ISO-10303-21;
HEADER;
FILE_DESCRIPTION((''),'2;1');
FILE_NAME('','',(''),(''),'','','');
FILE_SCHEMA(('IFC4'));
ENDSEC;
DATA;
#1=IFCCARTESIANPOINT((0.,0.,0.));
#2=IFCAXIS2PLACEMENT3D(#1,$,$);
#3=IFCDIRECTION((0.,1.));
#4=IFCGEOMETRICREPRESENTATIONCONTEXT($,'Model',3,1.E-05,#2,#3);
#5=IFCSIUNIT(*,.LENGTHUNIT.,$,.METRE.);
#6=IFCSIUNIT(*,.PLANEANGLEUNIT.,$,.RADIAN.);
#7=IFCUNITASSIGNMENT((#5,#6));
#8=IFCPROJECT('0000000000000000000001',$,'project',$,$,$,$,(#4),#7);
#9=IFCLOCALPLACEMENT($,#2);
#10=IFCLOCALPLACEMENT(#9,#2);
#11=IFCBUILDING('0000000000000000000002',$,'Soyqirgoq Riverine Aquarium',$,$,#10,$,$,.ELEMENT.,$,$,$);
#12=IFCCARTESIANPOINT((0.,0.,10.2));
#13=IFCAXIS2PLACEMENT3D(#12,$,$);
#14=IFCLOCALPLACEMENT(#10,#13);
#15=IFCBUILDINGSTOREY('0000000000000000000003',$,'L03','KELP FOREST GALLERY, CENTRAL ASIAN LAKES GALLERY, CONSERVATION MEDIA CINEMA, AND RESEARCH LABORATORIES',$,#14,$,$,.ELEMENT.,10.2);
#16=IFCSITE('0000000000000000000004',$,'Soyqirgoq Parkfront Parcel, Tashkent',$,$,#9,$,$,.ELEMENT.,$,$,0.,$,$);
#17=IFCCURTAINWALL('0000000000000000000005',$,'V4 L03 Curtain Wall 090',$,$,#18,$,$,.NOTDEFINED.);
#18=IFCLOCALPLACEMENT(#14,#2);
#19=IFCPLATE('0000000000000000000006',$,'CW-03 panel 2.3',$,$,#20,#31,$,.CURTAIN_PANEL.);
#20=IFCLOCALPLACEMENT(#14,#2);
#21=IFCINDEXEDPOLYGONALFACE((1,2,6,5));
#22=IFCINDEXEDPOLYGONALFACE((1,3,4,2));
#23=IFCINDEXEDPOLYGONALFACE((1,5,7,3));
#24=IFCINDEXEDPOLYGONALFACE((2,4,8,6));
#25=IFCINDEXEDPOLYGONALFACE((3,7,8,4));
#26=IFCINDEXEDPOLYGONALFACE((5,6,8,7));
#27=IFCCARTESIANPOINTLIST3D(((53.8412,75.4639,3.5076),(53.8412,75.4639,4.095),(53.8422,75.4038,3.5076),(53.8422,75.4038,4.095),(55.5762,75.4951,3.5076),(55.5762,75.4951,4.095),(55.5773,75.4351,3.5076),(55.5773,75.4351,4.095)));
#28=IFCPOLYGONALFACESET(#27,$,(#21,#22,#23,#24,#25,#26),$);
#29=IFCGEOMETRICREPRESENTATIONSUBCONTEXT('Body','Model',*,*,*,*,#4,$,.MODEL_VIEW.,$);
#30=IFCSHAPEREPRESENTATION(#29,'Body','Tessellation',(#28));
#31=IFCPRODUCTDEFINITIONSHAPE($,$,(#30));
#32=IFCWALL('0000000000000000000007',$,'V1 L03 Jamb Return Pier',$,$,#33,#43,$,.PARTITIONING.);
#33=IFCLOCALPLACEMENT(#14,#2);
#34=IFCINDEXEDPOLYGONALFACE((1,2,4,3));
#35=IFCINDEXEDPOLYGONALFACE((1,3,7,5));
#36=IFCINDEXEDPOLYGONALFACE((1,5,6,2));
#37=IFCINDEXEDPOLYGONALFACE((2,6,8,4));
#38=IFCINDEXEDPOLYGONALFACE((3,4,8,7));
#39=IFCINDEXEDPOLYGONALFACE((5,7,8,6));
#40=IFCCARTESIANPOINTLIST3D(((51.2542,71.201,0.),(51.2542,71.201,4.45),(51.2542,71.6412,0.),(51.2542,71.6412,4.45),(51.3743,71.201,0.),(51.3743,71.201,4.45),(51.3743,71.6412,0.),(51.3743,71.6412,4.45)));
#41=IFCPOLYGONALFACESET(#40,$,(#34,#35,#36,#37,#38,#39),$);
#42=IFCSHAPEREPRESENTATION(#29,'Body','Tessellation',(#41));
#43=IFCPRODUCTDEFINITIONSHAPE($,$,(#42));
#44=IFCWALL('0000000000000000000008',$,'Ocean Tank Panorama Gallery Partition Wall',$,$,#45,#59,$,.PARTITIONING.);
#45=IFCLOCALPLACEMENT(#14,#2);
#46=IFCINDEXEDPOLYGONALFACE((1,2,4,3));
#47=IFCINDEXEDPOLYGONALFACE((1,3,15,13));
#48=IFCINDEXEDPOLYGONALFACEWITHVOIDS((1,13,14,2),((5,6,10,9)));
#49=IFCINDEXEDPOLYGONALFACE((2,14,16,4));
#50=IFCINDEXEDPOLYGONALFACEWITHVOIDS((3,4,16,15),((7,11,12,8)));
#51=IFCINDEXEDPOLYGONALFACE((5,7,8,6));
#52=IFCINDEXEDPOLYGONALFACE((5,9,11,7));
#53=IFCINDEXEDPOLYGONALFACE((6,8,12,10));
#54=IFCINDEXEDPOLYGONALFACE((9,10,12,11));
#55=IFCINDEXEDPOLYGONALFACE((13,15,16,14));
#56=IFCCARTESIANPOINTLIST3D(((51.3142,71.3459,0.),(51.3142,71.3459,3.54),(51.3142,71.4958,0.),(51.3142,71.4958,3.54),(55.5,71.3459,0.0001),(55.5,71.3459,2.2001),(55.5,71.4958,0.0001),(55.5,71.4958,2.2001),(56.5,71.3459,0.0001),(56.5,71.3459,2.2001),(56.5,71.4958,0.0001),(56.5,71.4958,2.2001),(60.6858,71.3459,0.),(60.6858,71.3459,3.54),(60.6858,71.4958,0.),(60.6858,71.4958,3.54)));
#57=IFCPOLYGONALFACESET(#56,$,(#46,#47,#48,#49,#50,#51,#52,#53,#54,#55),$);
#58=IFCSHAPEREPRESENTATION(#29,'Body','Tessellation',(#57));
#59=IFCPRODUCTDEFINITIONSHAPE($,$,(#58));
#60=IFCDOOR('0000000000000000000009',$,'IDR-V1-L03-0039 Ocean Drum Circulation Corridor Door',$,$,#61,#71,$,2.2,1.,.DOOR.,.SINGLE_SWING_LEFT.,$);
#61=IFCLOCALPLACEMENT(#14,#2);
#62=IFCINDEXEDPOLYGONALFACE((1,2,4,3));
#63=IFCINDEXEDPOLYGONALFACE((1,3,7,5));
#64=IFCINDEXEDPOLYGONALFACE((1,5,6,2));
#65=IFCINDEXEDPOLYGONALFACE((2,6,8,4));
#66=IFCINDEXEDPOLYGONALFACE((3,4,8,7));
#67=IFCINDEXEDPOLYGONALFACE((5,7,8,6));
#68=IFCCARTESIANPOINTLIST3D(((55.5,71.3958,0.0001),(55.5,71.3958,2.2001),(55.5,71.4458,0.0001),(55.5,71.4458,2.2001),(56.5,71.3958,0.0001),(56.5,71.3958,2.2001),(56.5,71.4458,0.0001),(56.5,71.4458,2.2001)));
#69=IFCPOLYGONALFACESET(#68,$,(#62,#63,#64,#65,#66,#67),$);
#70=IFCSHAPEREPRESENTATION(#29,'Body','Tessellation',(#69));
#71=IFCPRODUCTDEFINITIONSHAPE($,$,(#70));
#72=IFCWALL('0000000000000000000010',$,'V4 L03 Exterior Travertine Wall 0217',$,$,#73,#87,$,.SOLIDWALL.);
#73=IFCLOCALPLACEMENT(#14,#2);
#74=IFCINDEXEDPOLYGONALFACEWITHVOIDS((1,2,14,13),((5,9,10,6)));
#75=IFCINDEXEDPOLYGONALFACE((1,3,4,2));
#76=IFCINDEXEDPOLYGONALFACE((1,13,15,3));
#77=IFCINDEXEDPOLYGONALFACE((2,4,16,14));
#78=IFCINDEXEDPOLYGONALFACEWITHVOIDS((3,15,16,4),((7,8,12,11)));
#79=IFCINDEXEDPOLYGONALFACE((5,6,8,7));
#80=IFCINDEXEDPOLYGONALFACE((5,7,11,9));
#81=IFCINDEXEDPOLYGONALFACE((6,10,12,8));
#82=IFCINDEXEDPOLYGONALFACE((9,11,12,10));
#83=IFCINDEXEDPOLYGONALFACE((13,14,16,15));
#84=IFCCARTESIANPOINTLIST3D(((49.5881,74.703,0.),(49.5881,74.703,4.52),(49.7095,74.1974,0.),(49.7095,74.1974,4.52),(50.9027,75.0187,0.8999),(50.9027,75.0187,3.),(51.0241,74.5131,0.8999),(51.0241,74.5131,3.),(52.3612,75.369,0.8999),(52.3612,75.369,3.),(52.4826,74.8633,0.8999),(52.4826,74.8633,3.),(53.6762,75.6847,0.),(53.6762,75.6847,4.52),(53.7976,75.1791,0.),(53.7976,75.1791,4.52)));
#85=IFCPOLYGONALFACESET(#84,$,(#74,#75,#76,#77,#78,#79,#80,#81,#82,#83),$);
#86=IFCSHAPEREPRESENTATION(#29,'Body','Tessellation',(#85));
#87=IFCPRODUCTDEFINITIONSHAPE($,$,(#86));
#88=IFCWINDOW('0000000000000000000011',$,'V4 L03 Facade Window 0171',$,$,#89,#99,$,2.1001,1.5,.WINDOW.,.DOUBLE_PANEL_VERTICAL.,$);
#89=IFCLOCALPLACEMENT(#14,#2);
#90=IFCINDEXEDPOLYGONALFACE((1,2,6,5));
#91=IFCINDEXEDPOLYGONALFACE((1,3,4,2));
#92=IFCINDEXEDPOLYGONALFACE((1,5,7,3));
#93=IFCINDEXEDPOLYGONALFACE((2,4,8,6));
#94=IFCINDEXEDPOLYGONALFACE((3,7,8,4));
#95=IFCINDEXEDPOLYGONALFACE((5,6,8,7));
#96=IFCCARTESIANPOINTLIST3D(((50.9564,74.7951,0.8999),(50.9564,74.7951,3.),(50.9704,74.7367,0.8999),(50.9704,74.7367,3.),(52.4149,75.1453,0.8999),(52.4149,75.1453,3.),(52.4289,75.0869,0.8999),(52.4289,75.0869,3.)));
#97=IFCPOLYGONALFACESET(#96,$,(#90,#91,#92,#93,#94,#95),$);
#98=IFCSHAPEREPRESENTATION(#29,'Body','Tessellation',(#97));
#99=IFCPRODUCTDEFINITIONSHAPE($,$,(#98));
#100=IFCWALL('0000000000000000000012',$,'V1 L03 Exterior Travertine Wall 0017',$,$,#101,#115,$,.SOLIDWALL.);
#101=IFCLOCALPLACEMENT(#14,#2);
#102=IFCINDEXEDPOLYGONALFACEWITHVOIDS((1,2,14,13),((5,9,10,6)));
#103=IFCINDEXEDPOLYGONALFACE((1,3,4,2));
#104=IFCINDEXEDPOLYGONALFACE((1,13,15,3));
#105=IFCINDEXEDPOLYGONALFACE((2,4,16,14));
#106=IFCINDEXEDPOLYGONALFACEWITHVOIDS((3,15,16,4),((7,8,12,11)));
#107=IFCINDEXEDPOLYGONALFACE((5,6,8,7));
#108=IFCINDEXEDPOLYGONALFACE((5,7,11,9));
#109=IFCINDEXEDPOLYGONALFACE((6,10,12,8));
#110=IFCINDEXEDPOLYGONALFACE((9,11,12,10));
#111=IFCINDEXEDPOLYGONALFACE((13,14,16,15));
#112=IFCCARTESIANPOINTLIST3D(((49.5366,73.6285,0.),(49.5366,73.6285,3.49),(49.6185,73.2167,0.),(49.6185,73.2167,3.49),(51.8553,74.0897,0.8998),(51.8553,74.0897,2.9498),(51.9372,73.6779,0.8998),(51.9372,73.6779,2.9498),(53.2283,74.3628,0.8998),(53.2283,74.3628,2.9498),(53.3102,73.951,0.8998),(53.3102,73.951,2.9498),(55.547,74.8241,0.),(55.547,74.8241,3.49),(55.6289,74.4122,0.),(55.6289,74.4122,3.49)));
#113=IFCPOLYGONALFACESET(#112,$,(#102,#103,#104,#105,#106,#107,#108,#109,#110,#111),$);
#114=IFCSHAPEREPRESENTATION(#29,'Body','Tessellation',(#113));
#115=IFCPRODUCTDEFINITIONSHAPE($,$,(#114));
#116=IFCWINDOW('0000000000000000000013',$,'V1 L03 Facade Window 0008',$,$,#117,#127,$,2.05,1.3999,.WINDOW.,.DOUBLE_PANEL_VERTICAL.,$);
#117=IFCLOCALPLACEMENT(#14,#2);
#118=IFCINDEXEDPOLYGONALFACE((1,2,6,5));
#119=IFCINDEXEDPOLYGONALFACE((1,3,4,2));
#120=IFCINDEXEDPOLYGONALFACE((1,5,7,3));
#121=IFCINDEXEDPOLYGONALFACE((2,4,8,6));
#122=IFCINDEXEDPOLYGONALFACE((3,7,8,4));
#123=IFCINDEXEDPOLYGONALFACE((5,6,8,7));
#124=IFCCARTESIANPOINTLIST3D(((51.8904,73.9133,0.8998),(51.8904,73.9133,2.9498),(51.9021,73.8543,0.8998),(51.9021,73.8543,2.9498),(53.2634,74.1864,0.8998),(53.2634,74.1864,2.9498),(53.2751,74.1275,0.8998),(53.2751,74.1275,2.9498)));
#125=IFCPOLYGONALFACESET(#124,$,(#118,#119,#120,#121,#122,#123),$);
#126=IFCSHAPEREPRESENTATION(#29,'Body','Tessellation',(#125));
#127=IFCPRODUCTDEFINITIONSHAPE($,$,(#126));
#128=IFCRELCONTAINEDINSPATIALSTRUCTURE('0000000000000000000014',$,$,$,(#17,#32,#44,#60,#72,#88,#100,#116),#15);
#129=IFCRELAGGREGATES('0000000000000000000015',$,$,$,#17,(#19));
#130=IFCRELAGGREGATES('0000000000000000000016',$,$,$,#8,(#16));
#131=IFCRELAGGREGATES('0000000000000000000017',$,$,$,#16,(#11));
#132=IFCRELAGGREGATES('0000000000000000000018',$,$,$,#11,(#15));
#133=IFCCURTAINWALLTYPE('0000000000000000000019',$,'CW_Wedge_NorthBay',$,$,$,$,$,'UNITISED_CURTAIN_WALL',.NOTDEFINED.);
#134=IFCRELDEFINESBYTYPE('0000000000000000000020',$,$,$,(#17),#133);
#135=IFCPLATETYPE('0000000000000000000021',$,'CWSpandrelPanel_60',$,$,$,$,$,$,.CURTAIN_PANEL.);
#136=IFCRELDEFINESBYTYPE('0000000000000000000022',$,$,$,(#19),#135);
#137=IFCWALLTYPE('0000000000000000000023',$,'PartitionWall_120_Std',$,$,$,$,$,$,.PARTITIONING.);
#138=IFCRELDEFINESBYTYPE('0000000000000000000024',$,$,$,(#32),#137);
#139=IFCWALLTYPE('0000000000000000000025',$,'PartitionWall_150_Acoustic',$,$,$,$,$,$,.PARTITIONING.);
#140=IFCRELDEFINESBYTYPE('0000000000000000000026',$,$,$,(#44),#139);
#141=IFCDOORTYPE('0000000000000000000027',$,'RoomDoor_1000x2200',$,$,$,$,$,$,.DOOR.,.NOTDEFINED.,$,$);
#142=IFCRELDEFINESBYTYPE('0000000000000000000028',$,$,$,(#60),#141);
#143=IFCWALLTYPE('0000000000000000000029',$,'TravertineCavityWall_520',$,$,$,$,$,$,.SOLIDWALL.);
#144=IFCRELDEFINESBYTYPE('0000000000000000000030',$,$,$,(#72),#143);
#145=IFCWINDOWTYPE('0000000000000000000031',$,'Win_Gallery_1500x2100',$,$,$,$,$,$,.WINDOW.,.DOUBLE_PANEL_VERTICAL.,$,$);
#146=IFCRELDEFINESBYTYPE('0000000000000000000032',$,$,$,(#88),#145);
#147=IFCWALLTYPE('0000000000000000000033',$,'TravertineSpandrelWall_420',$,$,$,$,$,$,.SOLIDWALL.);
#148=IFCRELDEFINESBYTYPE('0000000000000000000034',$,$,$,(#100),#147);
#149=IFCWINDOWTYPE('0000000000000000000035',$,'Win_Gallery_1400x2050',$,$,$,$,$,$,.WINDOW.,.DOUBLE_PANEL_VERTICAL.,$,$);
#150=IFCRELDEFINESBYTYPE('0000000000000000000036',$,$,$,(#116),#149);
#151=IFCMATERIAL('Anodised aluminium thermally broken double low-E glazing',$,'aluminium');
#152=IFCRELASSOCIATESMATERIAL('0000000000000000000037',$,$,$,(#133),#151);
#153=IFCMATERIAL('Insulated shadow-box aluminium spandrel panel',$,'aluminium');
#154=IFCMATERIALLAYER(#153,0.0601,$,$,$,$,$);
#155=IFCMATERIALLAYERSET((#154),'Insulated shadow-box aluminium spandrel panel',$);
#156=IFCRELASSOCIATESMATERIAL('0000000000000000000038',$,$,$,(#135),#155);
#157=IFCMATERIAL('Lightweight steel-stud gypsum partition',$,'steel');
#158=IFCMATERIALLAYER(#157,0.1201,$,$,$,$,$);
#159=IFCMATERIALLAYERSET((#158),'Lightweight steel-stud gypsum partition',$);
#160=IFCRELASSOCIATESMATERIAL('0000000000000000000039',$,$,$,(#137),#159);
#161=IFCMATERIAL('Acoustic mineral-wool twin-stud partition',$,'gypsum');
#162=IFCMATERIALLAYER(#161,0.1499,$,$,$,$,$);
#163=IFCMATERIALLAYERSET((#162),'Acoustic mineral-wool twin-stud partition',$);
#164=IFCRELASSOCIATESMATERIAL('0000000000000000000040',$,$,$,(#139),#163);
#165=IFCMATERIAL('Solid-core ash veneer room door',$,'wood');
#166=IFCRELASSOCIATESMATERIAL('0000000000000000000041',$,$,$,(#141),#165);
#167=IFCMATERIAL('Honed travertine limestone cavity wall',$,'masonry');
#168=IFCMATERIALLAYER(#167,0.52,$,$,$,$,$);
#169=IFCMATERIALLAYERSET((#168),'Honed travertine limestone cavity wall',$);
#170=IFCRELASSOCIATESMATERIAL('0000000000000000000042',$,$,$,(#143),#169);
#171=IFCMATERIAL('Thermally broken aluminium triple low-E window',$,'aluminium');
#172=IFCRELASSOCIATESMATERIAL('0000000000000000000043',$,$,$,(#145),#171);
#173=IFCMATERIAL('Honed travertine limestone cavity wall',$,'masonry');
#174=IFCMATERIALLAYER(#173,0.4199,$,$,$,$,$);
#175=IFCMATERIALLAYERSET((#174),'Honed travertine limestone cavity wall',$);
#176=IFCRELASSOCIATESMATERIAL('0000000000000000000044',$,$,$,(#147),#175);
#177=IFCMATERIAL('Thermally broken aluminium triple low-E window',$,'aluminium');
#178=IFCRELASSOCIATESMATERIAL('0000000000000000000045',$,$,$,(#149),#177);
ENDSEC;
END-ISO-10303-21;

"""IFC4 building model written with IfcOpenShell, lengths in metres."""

from ifc_helpers import new_model, si_unit, direction, frame, frame_2d, origin, origin_2d, place, context, subcontext, project, spatial, rectangle, extrude, material, layer, layer_set, type_object, element, fill, aggregate, save


model = new_model("IFC4")

# Units and contexts
model_context = context("Model", 3, precision=1e-05, world=origin(), true_north=direction((0.0, 1.0)))
body_context = subcontext(model_context, "Body", "Model", "MODEL_VIEW")
ifc_project = project(units=[si_unit("LENGTHUNIT", "METRE"), si_unit("PLANEANGLEUNIT", "RADIAN")], contexts=[model_context])

# Site, building, storey
site_placement = place(None, origin())
site = spatial("IfcSite", under=ifc_project, at=site_placement, Name="Soyqirgoq Parkfront Parcel, Tashkent", CompositionType="ELEMENT", RefElevation=0.0)
building_placement = place(site_placement, origin())
building = spatial("IfcBuilding", under=site, at=building_placement, Name="Soyqirgoq Riverine Aquarium", CompositionType="ELEMENT")
storey_placement = place(building_placement, frame((0.0, 0.0, 10.2)))
storey = spatial("IfcBuildingStorey", under=building, at=storey_placement, Name="L03", Description="KELP FOREST GALLERY, CENTRAL ASIAN LAKES GALLERY, CONSERVATION MEDIA CINEMA, AND RESEARCH LABORATORIES", CompositionType="ELEMENT", Elevation=10.2)

# Curtain wall
ifc_material_1 = material(Name="Anodised aluminium thermally broken double low-E glazing", Category="aluminium")
curtain_wall_type = type_object("IfcCurtainWallType", Name="CW_Wedge_NorthBay", ElementType="UNITISED_CURTAIN_WALL", PredefinedType="NOTDEFINED", material=ifc_material_1)
curtain_wall_1_placement = place(storey_placement, origin())
curtain_wall_1 = element("IfcCurtainWall", 1, at=curtain_wall_1_placement, inside=storey, type_object=curtain_wall_type, Name="V4 L03 Curtain Wall 090", PredefinedType="NOTDEFINED")

# Plate
ifc_material_2 = material(Name="Insulated shadow-box aluminium spandrel panel", Category="aluminium")
ifc_layer_1 = layer(ifc_material_2, 0.0601)
ifc_layer_set_1 = layer_set([ifc_layer_1], Name="Insulated shadow-box aluminium spandrel panel")
plate_type = type_object("IfcPlateType", Name="CWSpandrelPanel_60", PredefinedType="CURTAIN_PANEL", material=ifc_layer_set_1)
plate_1_placement = place(storey_placement, frame((54.7092, 75.4495, 3.5076), z_axis=(0.0, 0.0, 1.0), x_axis=(-0.999838, -0.018005, 0.0)))
plate_1 = element("IfcPlate", 2, at=plate_1_placement, type_object=plate_type, Name="CW-03 panel 2.3", PredefinedType="CURTAIN_PANEL", context=body_context, shape_type="SweptSolid", body=[
    extrude(rectangle(XDim=1.7354, YDim=0.0601, at=origin_2d()), origin(), (0.0, 0.0, 1.0), 0.5874),
])
aggregate(curtain_wall_1, [plate_1])

# Wall
ifc_material_3 = material(Name="Lightweight steel-stud gypsum partition", Category="steel")
ifc_layer_2 = layer(ifc_material_3, 0.1201)
ifc_layer_set_2 = layer_set([ifc_layer_2], Name="Lightweight steel-stud gypsum partition")
wall_type_1 = type_object("IfcWallType", Name="PartitionWall_120_Std", PredefinedType="PARTITIONING", material=ifc_layer_set_2)
wall_1_placement = place(storey_placement, frame((51.3142, 71.2009, 0.0), z_axis=(0.0, 0.0, 1.0), x_axis=(0.0, 1.0, 0.0)))
element("IfcWall", 3, at=wall_1_placement, inside=storey, type_object=wall_type_1, Name="V1 L03 Jamb Return Pier", PredefinedType="PARTITIONING", context=body_context, shape_type="SweptSolid", body=[
    extrude(rectangle(XDim=0.4402, YDim=0.1201, at=frame_2d((0.2202, 0.0))), origin(), (0.0, 0.0, 1.0), 4.45),
])

# Wall, opening, door
ifc_material_4 = material(Name="Acoustic mineral-wool twin-stud partition", Category="gypsum")
ifc_layer_3 = layer(ifc_material_4, 0.1499)
ifc_layer_set_3 = layer_set([ifc_layer_3], Name="Acoustic mineral-wool twin-stud partition")
wall_type_2 = type_object("IfcWallType", Name="PartitionWall_150_Acoustic", PredefinedType="PARTITIONING", material=ifc_layer_set_3)
wall_2_placement = place(storey_placement, frame((51.3142, 71.4209, 0.0), z_axis=(0.0, 0.0, 1.0), x_axis=(1.0, 0.0, 0.0)))
wall_2 = element("IfcWall", 4, at=wall_2_placement, inside=storey, type_object=wall_type_2, Name="Ocean Tank Panorama Gallery Partition Wall", PredefinedType="PARTITIONING", context=body_context, shape_type="SweptSolid", body=[
    extrude(rectangle(XDim=9.3716, YDim=0.1499, at=frame_2d((4.6858, 0.0))), origin(), (0.0, 0.0, 1.0), 3.54),
])
opening_1_placement = place(wall_2_placement, frame((4.1858, 0.0, 0.0)))
opening_1 = element("IfcOpeningElement", 5, at=opening_1_placement, cuts=wall_2, PredefinedType="OPENING", context=body_context, shape_type="SweptSolid", body=[
    extrude(rectangle(XDim=1.0, YDim=2.2, at=frame_2d((0.5, 1.1001))), frame((0.0, 0.085, 0.0), z_axis=(0.0, -1.0, 0.0), x_axis=(1.0, 0.0, 0.0)), (0.0, 0.0, 1.0), 0.1699),
])
ifc_material_5 = material(Name="Solid-core ash veneer room door", Category="wood")
door_type = type_object("IfcDoorType", Name="RoomDoor_1000x2200", OperationType="NOTDEFINED", PredefinedType="DOOR", material=ifc_material_5)
door_placement = place(opening_1_placement, origin())
door = element("IfcDoor", 6, at=door_placement, inside=storey, type_object=door_type, Name="IDR-V1-L03-0039 Ocean Drum Circulation Corridor Door", OperationType="SINGLE_SWING_LEFT", OverallHeight=2.2, OverallWidth=1.0, PredefinedType="DOOR", context=body_context, shape_type="SweptSolid", body=[
    extrude(rectangle(XDim=1.0, YDim=2.2, at=frame_2d((0.5, 1.1001))), frame((0.0, 0.0249, 0.0), z_axis=(0.0, -1.0, 0.0), x_axis=(1.0, 0.0, 0.0)), (0.0, 0.0, 1.0), 0.05),
])
fill(opening_1, door)

# Walls, openings, windows
ifc_material_6 = material(Name="Honed travertine limestone cavity wall", Category="masonry")
ifc_layer_4 = layer(ifc_material_6, 0.52)
ifc_layer_set_4 = layer_set([ifc_layer_4], Name="Honed travertine limestone cavity wall")
wall_type_3 = type_object("IfcWallType", Name="TravertineCavityWall_520", PredefinedType="SOLIDWALL", material=ifc_layer_set_4)
wall_3_placement = place(storey_placement, frame((53.7368, 75.4319, 0.0), z_axis=(0.0, 0.0, 1.0), x_axis=(-0.972358, -0.233494, 0.0)))
wall_3 = element("IfcWall", 7, at=wall_3_placement, inside=storey, type_object=wall_type_3, Name="V4 L03 Exterior Travertine Wall 0217", PredefinedType="SOLIDWALL", context=body_context, shape_type="SweptSolid", body=[
    extrude(rectangle(XDim=4.2043, YDim=0.52, at=frame_2d((2.1021, 0.0))), origin(), (0.0, 0.0, 1.0), 4.52),
])
opening_2_placement = place(wall_3_placement, frame((1.3523, 0.0, 0.8999)))
opening_2 = element("IfcOpeningElement", 8, at=opening_2_placement, cuts=wall_3, PredefinedType="OPENING", context=body_context, shape_type="SweptSolid", body=[
    extrude(rectangle(XDim=1.5, YDim=2.1001, at=frame_2d((0.75, 1.05))), frame((0.0, 0.27, 0.0), z_axis=(0.0, -1.0, 0.0), x_axis=(1.0, 0.0, 0.0)), (0.0, 0.0, 1.0), 0.54),
])
ifc_material_7 = material(Name="Thermally broken aluminium triple low-E window", Category="aluminium")
window_type_1 = type_object("IfcWindowType", Name="Win_Gallery_1500x2100", PartitioningType="DOUBLE_PANEL_VERTICAL", PredefinedType="WINDOW", material=ifc_material_7)
window_1_placement = place(opening_2_placement, origin())
window_1 = element("IfcWindow", 9, at=window_1_placement, inside=storey, type_object=window_type_1, Name="V4 L03 Facade Window 0171", OverallHeight=2.1001, OverallWidth=1.5, PartitioningType="DOUBLE_PANEL_VERTICAL", PredefinedType="WINDOW", context=body_context, shape_type="SweptSolid", body=[
    extrude(rectangle(XDim=1.5, YDim=2.1001, at=frame_2d((0.75, 1.05))), frame((0.0, 0.03, 0.0), z_axis=(0.0, -1.0, 0.0), x_axis=(1.0, 0.0, 0.0)), (0.0, 0.0, 1.0), 0.0601),
])
fill(opening_2, window_1)
ifc_material_8 = material(Name="Honed travertine limestone cavity wall", Category="masonry")
ifc_layer_5 = layer(ifc_material_8, 0.4199)
ifc_layer_set_5 = layer_set([ifc_layer_5], Name="Honed travertine limestone cavity wall")
wall_type_4 = type_object("IfcWallType", Name="TravertineSpandrelWall_420", PredefinedType="SOLIDWALL", material=ifc_layer_set_5)
wall_4_placement = place(storey_placement, frame((49.5776, 73.4226, 0.0), z_axis=(0.0, 0.0, 1.0), x_axis=(0.980785, 0.195089, 0.0)))
wall_4 = element("IfcWall", 10, at=wall_4_placement, inside=storey, type_object=wall_type_4, Name="V1 L03 Exterior Travertine Wall 0017", PredefinedType="SOLIDWALL", context=body_context, shape_type="SweptSolid", body=[
    extrude(rectangle(XDim=6.1282, YDim=0.4199, at=frame_2d((3.064, 0.0))), origin(), (0.0, 0.0, 1.0), 3.49),
])
opening_3_placement = place(wall_4_placement, frame((2.364, 0.0, 0.8999)))
opening_3 = element("IfcOpeningElement", 11, at=opening_3_placement, cuts=wall_4, PredefinedType="OPENING", context=body_context, shape_type="SweptSolid", body=[
    extrude(rectangle(XDim=1.3999, YDim=2.05, at=frame_2d((0.7, 1.0249))), frame((0.0, 0.22, 0.0), z_axis=(0.0, -1.0, 0.0), x_axis=(1.0, 0.0, 0.0)), (0.0, 0.0, 1.0), 0.4399),
])
ifc_material_9 = material(Name="Thermally broken aluminium triple low-E window", Category="aluminium")
window_type_2 = type_object("IfcWindowType", Name="Win_Gallery_1400x2050", PartitioningType="DOUBLE_PANEL_VERTICAL", PredefinedType="WINDOW", material=ifc_material_9)
window_2_placement = place(opening_3_placement, origin())
window_2 = element("IfcWindow", 12, at=window_2_placement, inside=storey, type_object=window_type_2, Name="V1 L03 Facade Window 0008", OverallHeight=2.05, OverallWidth=1.3999, PartitioningType="DOUBLE_PANEL_VERTICAL", PredefinedType="WINDOW", context=body_context, shape_type="SweptSolid", body=[
    extrude(rectangle(XDim=1.3999, YDim=2.05, at=frame_2d((0.7, 1.0249))), frame((0.0, 0.03, 0.0), z_axis=(0.0, -1.0, 0.0), x_axis=(1.0, 0.0, 0.0)), (0.0, 0.0, 1.0), 0.0601),
])
fill(opening_3, window_2)

save(model, "model.ifc")
